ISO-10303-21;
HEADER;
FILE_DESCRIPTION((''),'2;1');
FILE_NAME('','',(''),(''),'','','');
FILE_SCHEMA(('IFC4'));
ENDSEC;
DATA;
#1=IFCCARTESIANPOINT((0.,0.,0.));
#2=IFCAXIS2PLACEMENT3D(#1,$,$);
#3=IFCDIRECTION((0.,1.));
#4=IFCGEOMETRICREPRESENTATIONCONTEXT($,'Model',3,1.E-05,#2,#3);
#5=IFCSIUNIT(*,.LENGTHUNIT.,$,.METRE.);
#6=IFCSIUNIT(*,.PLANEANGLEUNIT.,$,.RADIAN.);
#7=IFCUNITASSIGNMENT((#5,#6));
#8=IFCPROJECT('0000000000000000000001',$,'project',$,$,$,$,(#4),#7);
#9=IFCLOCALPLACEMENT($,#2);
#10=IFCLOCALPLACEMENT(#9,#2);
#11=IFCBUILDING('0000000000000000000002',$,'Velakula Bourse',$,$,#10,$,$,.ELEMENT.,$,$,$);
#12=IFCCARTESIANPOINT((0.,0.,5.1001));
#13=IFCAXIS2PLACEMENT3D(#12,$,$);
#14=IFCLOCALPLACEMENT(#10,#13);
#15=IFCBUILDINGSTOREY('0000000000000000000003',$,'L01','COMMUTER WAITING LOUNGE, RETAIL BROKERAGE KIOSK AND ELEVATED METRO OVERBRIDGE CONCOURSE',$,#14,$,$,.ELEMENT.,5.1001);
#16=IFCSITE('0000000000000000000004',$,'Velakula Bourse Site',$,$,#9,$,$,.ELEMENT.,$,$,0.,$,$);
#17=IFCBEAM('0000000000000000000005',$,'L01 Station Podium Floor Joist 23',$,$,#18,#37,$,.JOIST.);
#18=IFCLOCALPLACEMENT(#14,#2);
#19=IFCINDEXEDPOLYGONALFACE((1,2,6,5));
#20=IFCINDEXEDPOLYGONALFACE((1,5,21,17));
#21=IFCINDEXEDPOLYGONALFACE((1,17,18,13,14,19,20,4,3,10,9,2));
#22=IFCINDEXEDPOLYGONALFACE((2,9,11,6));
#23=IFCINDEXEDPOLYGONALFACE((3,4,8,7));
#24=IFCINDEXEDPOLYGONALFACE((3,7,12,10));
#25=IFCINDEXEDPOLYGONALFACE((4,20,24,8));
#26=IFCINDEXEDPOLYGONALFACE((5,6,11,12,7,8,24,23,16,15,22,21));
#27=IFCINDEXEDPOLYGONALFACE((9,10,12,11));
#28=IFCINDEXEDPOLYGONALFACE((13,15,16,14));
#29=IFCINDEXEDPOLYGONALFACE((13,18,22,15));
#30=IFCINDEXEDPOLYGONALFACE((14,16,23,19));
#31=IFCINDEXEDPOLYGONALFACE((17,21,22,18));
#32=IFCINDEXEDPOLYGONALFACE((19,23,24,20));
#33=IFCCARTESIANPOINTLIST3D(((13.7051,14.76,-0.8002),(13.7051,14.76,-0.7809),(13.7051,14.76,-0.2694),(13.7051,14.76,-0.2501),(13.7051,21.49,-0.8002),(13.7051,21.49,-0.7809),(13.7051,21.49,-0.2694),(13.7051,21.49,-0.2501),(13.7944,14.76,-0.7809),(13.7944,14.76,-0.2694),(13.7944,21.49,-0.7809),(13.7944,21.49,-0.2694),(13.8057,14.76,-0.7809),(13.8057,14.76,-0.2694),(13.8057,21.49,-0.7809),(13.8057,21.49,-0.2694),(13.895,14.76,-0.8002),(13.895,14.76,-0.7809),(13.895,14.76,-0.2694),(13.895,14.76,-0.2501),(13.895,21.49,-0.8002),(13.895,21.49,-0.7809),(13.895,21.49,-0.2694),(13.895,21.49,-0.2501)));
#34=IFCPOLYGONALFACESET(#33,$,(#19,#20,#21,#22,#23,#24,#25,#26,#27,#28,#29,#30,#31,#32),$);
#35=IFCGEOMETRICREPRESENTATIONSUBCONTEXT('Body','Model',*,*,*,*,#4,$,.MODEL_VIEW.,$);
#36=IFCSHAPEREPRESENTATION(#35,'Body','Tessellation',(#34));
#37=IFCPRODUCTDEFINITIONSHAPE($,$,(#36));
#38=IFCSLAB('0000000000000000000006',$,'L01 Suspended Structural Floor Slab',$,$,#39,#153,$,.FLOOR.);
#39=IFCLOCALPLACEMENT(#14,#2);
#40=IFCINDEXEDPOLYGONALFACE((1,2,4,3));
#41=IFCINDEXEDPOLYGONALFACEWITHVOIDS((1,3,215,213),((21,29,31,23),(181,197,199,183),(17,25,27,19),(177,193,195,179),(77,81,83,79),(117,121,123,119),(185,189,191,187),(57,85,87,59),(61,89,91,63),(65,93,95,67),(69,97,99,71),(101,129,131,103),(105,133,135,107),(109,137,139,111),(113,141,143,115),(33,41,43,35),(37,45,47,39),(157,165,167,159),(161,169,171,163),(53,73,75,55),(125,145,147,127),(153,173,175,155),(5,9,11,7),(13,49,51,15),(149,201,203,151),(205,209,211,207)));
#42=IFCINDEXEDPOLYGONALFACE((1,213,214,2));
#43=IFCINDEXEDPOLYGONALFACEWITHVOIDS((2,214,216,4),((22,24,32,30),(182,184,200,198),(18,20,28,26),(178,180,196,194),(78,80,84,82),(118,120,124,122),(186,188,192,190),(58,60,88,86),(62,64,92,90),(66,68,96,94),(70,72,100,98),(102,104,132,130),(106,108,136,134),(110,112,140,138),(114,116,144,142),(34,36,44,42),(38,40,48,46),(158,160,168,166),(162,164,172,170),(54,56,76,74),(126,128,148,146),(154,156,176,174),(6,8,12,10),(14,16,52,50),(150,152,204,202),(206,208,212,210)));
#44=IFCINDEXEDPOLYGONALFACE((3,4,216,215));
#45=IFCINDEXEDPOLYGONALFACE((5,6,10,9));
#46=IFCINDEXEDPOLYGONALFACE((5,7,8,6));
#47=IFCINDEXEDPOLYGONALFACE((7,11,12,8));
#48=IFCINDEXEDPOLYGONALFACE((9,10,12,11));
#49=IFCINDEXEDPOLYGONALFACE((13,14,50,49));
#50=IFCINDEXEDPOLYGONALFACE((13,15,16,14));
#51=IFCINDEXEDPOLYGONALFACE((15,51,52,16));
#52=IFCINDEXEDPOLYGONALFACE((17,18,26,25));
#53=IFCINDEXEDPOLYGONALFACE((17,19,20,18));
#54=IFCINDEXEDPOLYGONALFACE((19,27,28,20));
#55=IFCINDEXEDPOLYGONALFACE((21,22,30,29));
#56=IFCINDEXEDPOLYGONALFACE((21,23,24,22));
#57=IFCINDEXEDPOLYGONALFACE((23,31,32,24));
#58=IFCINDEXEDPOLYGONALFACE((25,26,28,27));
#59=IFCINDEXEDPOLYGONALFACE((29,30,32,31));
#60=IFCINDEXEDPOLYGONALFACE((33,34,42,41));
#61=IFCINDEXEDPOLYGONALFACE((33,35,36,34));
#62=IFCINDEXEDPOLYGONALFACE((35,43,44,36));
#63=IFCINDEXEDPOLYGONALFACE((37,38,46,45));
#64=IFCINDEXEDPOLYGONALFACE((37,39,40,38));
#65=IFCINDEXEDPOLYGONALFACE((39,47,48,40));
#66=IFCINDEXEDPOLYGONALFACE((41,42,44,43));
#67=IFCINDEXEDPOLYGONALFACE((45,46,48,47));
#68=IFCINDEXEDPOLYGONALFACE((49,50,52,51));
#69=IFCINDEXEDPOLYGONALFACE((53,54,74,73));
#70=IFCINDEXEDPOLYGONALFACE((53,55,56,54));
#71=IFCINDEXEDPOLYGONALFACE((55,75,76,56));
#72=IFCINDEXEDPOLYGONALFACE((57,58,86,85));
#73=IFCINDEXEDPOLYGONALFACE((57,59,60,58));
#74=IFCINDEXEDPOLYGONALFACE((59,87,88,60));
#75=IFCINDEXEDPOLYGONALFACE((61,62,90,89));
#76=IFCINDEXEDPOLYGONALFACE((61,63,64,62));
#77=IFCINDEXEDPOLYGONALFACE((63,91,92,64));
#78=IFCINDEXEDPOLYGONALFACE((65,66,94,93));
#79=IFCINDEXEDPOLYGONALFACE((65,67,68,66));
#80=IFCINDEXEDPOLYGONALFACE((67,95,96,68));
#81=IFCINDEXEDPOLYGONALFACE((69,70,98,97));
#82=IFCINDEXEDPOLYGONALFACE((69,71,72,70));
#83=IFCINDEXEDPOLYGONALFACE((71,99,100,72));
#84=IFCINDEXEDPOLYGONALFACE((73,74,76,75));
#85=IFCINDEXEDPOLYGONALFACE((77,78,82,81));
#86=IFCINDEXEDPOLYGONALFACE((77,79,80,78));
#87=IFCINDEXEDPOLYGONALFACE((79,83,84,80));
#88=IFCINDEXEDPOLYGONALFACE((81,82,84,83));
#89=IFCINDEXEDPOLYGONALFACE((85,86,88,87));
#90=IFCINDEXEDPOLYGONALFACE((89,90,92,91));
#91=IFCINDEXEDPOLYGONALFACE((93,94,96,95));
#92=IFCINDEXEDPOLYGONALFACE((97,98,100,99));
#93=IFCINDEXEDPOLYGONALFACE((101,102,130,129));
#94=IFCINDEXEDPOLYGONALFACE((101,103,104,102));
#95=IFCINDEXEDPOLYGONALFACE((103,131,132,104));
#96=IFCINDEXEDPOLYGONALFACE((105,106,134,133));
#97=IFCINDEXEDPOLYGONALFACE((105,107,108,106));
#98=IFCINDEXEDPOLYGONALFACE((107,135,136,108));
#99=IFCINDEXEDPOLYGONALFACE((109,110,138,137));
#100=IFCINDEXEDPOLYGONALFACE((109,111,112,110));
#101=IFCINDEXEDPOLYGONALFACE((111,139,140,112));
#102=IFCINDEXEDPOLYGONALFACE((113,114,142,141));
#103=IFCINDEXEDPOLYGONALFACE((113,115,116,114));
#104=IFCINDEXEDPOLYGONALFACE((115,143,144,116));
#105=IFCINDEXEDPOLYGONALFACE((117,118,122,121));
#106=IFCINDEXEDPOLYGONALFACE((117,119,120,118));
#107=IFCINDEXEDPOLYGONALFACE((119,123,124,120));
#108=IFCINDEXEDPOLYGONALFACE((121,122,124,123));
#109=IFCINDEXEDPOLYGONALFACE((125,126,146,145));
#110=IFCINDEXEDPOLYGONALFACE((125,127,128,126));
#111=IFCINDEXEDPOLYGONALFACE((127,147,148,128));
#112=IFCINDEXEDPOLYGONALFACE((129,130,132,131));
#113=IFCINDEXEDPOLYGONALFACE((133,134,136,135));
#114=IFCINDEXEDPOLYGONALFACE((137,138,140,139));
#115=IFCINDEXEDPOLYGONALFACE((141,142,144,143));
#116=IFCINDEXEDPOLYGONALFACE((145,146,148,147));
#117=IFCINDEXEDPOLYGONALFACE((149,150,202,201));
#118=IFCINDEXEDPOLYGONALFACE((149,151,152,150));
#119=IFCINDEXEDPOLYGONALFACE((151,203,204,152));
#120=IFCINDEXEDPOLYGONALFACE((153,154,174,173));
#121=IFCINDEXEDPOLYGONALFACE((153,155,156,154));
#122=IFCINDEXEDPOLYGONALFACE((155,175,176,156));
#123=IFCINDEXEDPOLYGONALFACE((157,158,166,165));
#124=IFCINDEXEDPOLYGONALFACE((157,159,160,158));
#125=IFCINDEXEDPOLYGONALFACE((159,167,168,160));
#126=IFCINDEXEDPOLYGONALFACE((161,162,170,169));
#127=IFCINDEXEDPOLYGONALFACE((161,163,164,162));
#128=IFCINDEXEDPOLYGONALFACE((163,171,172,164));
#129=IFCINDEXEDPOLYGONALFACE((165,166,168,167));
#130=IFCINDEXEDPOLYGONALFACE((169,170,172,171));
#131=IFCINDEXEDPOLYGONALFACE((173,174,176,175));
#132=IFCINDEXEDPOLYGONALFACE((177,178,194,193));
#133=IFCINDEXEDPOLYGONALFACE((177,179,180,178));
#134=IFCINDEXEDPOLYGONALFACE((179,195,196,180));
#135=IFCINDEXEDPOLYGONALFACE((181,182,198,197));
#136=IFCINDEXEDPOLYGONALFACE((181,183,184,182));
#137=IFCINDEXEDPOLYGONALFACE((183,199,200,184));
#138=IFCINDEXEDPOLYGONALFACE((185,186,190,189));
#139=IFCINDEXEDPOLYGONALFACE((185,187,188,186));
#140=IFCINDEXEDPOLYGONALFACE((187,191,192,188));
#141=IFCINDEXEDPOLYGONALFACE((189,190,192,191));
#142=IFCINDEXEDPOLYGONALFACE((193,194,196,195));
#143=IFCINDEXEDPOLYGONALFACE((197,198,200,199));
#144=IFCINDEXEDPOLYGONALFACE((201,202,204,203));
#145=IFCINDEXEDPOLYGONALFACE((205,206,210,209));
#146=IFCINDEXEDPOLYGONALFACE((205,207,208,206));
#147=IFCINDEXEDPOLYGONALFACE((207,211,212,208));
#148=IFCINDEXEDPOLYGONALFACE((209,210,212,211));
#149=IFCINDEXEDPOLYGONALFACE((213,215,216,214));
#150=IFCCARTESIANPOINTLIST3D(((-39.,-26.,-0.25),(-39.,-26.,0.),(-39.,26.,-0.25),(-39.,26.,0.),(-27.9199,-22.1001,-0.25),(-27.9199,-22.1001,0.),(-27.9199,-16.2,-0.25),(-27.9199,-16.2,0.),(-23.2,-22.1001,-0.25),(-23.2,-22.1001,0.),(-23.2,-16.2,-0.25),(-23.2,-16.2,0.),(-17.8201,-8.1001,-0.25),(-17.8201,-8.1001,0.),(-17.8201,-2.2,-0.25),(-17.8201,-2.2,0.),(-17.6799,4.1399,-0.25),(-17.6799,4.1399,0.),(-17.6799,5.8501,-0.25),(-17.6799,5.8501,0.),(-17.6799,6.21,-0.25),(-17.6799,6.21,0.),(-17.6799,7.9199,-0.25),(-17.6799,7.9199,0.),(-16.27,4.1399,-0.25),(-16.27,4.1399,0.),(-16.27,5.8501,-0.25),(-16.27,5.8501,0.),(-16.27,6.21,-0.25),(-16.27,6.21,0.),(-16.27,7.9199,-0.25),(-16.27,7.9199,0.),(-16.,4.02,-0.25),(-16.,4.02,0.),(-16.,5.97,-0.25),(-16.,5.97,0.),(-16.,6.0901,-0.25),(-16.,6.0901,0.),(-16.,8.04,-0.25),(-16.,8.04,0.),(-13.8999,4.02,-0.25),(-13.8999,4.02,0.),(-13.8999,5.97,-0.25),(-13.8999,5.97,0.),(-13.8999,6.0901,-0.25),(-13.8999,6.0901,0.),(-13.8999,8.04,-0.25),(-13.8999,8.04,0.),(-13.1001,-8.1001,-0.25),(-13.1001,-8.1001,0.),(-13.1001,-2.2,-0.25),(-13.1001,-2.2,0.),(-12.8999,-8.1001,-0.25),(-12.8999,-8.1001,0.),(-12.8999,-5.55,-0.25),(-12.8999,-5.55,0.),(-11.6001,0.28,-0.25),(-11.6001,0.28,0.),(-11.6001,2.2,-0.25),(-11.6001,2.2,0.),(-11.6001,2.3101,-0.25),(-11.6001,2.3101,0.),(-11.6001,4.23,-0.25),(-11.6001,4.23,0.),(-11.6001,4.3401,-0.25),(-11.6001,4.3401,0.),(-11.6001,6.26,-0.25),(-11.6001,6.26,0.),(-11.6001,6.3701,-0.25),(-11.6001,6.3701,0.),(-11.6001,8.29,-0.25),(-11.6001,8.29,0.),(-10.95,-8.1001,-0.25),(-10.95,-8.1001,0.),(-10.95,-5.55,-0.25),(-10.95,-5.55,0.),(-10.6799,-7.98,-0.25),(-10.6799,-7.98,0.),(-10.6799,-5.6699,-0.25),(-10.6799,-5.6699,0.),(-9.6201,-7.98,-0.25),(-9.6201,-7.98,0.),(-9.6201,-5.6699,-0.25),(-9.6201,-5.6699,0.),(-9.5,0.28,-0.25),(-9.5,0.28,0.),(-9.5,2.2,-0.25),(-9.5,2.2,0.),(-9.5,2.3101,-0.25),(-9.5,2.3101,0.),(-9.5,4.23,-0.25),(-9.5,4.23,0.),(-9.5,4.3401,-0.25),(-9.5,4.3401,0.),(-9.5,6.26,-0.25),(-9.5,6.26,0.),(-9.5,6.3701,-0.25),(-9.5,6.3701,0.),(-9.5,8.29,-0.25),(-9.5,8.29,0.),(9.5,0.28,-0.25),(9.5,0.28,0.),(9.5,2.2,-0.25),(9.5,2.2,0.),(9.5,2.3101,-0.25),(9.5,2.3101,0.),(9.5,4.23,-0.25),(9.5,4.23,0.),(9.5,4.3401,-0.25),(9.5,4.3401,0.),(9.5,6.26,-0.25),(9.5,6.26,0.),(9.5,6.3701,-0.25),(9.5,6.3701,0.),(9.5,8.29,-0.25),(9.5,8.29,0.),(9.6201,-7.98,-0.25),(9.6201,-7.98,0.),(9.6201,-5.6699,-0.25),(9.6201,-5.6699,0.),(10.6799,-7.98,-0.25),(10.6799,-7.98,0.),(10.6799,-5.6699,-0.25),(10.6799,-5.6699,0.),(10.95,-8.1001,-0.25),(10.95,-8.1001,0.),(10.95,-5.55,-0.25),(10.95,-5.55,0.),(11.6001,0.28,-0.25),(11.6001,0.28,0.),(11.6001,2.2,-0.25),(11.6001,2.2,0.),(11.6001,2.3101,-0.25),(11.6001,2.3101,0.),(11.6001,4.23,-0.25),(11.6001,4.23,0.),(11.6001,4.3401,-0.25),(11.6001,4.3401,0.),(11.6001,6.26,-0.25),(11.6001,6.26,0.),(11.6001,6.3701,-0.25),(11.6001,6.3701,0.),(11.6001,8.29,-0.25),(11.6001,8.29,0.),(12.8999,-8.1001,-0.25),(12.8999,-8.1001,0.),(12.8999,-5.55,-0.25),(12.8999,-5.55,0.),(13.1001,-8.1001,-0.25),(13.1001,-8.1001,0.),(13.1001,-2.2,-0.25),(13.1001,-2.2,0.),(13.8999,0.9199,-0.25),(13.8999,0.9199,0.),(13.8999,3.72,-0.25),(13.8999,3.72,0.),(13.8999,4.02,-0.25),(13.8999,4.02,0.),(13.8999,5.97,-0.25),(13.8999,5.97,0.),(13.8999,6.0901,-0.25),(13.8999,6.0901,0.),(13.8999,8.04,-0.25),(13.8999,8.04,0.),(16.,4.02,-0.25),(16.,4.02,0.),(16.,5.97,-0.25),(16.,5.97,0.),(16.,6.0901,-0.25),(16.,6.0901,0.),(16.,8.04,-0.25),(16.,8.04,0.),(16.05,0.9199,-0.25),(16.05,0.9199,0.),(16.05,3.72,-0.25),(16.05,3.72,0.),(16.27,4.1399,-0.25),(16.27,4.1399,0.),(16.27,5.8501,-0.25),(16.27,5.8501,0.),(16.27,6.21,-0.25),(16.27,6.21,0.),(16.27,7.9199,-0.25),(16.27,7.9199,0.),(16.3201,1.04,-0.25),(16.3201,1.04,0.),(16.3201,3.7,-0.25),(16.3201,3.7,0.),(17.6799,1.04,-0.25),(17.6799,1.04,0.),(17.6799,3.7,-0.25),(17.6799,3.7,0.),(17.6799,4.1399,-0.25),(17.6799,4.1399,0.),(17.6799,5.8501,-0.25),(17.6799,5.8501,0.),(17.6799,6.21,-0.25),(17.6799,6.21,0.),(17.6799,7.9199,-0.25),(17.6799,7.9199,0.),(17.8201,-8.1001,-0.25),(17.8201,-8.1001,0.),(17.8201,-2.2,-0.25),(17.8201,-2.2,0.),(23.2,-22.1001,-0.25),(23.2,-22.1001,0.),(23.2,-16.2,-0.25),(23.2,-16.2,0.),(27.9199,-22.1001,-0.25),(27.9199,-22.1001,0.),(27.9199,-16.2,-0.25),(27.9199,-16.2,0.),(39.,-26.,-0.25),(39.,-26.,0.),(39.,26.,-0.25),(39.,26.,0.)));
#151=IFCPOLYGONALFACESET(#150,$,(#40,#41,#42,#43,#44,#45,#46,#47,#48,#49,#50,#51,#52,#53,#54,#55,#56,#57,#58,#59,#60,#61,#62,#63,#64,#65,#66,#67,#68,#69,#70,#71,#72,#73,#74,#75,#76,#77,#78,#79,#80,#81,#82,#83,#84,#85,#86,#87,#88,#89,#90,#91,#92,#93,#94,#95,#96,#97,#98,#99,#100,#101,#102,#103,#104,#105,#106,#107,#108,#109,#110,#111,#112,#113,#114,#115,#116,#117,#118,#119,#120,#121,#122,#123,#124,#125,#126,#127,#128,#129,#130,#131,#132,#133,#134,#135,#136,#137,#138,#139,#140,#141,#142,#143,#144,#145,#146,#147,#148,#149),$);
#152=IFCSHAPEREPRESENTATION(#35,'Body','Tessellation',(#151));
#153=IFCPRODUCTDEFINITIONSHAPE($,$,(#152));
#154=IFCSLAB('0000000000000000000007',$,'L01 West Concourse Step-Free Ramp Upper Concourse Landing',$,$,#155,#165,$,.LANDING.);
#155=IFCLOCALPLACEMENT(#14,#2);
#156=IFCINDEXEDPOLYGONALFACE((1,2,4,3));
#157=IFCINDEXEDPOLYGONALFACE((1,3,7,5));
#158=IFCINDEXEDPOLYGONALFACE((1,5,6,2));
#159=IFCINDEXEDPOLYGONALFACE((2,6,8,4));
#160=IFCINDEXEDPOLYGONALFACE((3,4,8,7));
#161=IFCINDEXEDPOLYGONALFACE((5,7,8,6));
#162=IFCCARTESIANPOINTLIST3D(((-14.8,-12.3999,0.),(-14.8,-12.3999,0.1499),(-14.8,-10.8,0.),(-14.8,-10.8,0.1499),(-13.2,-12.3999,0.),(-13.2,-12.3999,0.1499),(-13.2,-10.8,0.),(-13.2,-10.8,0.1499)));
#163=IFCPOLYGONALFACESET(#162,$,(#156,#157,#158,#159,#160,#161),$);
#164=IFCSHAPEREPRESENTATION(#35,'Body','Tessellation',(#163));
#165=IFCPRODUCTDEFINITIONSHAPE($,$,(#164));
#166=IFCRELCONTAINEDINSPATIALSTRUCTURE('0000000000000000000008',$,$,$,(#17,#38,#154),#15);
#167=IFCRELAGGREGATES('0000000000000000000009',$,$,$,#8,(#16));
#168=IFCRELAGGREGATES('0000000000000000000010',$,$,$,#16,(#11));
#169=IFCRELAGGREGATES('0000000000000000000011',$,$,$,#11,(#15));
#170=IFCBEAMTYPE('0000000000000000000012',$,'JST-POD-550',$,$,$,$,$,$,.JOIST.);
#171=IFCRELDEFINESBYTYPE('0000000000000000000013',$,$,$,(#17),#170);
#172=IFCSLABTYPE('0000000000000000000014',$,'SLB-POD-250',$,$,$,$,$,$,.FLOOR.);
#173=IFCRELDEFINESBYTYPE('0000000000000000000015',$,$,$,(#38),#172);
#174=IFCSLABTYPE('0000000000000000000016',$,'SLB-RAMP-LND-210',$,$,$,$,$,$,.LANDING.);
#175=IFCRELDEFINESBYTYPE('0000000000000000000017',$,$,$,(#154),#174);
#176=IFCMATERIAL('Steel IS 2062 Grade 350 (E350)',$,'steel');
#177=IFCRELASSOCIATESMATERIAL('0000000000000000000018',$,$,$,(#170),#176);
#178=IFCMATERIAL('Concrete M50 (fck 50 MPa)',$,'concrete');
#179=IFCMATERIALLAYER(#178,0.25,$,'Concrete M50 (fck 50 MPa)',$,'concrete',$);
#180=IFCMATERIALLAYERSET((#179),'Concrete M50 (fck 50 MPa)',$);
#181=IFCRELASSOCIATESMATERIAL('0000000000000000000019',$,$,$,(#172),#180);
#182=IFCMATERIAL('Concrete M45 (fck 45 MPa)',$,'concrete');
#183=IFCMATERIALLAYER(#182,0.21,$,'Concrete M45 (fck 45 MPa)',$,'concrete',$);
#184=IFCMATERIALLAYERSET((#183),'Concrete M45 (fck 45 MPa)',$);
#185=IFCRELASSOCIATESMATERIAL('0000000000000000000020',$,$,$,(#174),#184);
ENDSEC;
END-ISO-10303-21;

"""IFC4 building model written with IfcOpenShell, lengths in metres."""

from ifc_helpers import new_model, si_unit, direction, frame, origin, origin_2d, place, context, subcontext, project, spatial, polyline, i_section, outline, extrude, material, layer, layer_set, material_profile, profile_set, type_object, element, save


model = new_model("IFC4")

# Units and contexts
model_context = context("Model", 3, precision=1e-05, world=origin(), true_north=direction((0.0, 1.0)))
body_context = subcontext(model_context, "Body", "Model", "MODEL_VIEW")
ifc_project = project(units=[si_unit("LENGTHUNIT", "METRE"), si_unit("PLANEANGLEUNIT", "RADIAN")], contexts=[model_context])

# Site, building, storey
site_placement = place(None, origin())
site = spatial("IfcSite", under=ifc_project, at=site_placement, Name="Velakula Bourse Site", CompositionType="ELEMENT", RefElevation=0.0)
building_placement = place(site_placement, origin())
building = spatial("IfcBuilding", under=site, at=building_placement, Name="Velakula Bourse", CompositionType="ELEMENT")
storey_placement = place(building_placement, frame((0.0, 0.0, 5.1001)))
storey = spatial("IfcBuildingStorey", under=building, at=storey_placement, Name="L01", Description="COMMUTER WAITING LOUNGE, RETAIL BROKERAGE KIOSK AND ELEVATED METRO OVERBRIDGE CONCOURSE", CompositionType="ELEMENT", Elevation=5.1001)

# Beam
ifc_material_1 = material(Name="Steel IS 2062 Grade 350 (E350)", Category="steel")
ifc_material_profile_1 = material_profile(ifc_material_1, i_section(OverallWidth=0.1899, OverallDepth=0.55, WebThickness=0.0112, FlangeThickness=0.0193, at=origin_2d()), Name="Steel IS 2062 Grade 350 (E350)")
ifc_profile_set_1 = profile_set([ifc_material_profile_1], Name="Steel IS 2062 Grade 350 (E350)")
beam_type_1 = type_object("IfcBeamType", Name="JST-POD-550", PredefinedType="JOIST", material=ifc_profile_set_1)
for number, where, z_axis, x_axis, name in (
    (1, (13.8, 14.76, -0.5251), (0.0, 1.0, 0.0), (-1.0, 0.0, 0.0), "L01 Station Podium Floor Joist 23"),
):
    element("IfcBeam", number, at=place(storey_placement, frame(where, z_axis=z_axis, x_axis=x_axis)), inside=storey, type_object=beam_type_1, Name=name, PredefinedType="JOIST", context=body_context, shape_type="SweptSolid", body=[
        extrude(i_section(OverallWidth=0.1899, OverallDepth=0.55, WebThickness=0.0112, FlangeThickness=0.0193, at=origin_2d()), origin(), (0.0, 0.0, 1.0), 6.73),
    ])

# Slabs
ifc_material_2 = material(Name="Concrete M50 (fck 50 MPa)", Category="concrete")
ifc_layer_1 = layer(ifc_material_2, 0.25, Name="Concrete M50 (fck 50 MPa)", Category="concrete")
ifc_layer_set_1 = layer_set([ifc_layer_1], Name="Concrete M50 (fck 50 MPa)")
slab_type_1 = type_object("IfcSlabType", Name="SLB-POD-250", PredefinedType="FLOOR", material=ifc_layer_set_1)
slab_1_placement = place(storey_placement, frame((0.0, 0.0, -0.25)))
element("IfcSlab", 2, at=slab_1_placement, inside=storey, type_object=slab_type_1, Name="L01 Suspended Structural Floor Slab", PredefinedType="FLOOR", context=body_context, shape_type="SweptSolid", body=[
    extrude(outline(polyline([(-39.0, -26.0), (39.0, -26.0), (39.0, 26.0), (-39.0, 26.0), (-39.0, -26.0)]), holes=[polyline([(-17.8201, -8.1001), (-13.1001, -8.1001), (-13.1001, -2.2), (-17.8201, -2.2), (-17.8201, -8.1001)]), polyline([(13.1001, -8.1001), (17.8201, -8.1001), (17.8201, -2.2), (13.1001, -2.2), (13.1001, -8.1001)]), polyline([(-27.9199, -22.1001), (-23.2, -22.1001), (-23.2, -16.2), (-27.9199, -16.2), (-27.9199, -22.1001)]), polyline([(23.2, -22.1001), (27.9199, -22.1001), (27.9199, -16.2), (23.2, -16.2), (23.2, -22.1001)]), polyline([(-12.8999, -8.1001), (-10.95, -8.1001), (-10.95, -5.55), (-12.8999, -5.55), (-12.8999, -8.1001)]), polyline([(10.95, -8.1001), (12.8999, -8.1001), (12.8999, -5.55), (10.95, -5.55), (10.95, -8.1001)]), polyline([(13.8999, 0.9199), (16.05, 0.9199), (16.05, 3.72), (13.8999, 3.72), (13.8999, 0.9199)]), polyline([(-10.6799, -7.98), (-9.6201, -7.98), (-9.6201, -5.6699), (-10.6799, -5.6699), (-10.6799, -7.98)]), polyline([(-17.6799, 4.1399), (-16.27, 4.1399), (-16.27, 5.8501), (-17.6799, 5.8501), (-17.6799, 4.1399)]), polyline([(-17.6799, 6.21), (-16.27, 6.21), (-16.27, 7.9199), (-17.6799, 7.9199), (-17.6799, 6.21)]), polyline([(9.6201, -7.98), (10.6799, -7.98), (10.6799, -5.6699), (9.6201, -5.6699), (9.6201, -7.98)]), polyline([(16.27, 4.1399), (17.6799, 4.1399), (17.6799, 5.8501), (16.27, 5.8501), (16.27, 4.1399)]), polyline([(16.27, 6.21), (17.6799, 6.21), (17.6799, 7.9199), (16.27, 7.9199), (16.27, 6.21)]), polyline([(16.3201, 1.04), (17.6799, 1.04), (17.6799, 3.7), (16.3201, 3.7), (16.3201, 1.04)]), polyline([(-11.6001, 0.28), (-9.5, 0.28), (-9.5, 2.2), (-11.6001, 2.2), (-11.6001, 0.28)]), polyline([(-11.6001, 2.3101), (-9.5, 2.3101), (-9.5, 4.23), (-11.6001, 4.23), (-11.6001, 2.3101)]), polyline([(-11.6001, 4.3401), (-9.5, 4.3401), (-9.5, 6.26), (-11.6001, 6.26), (-11.6001, 4.3401)]), polyline([(-11.6001, 6.3701), (-9.5, 6.3701), (-9.5, 8.29), (-11.6001, 8.29), (-11.6001, 6.3701)]), polyline([(9.5, 0.28), (11.6001, 0.28), (11.6001, 2.2), (9.5, 2.2), (9.5, 0.28)]), polyline([(9.5, 2.3101), (11.6001, 2.3101), (11.6001, 4.23), (9.5, 4.23), (9.5, 2.3101)]), polyline([(9.5, 4.3401), (11.6001, 4.3401), (11.6001, 6.26), (9.5, 6.26), (9.5, 4.3401)]), polyline([(9.5, 6.3701), (11.6001, 6.3701), (11.6001, 8.29), (9.5, 8.29), (9.5, 6.3701)]), polyline([(-16.0, 4.02), (-13.8999, 4.02), (-13.8999, 5.97), (-16.0, 5.97), (-16.0, 4.02)]), polyline([(-16.0, 6.0901), (-13.8999, 6.0901), (-13.8999, 8.04), (-16.0, 8.04), (-16.0, 6.0901)]), polyline([(13.8999, 4.02), (16.0, 4.02), (16.0, 5.97), (13.8999, 5.97), (13.8999, 4.02)]), polyline([(13.8999, 6.0901), (16.0, 6.0901), (16.0, 8.04), (13.8999, 8.04), (13.8999, 6.0901)])]), origin(), (0.0, 0.0, 1.0), 0.25),
])
ifc_material_3 = material(Name="Concrete M45 (fck 45 MPa)", Category="concrete")
ifc_layer_2 = layer(ifc_material_3, 0.21, Name="Concrete M45 (fck 45 MPa)", Category="concrete")
ifc_layer_set_2 = layer_set([ifc_layer_2], Name="Concrete M45 (fck 45 MPa)")
slab_type_2 = type_object("IfcSlabType", Name="SLB-RAMP-LND-210", PredefinedType="LANDING", material=ifc_layer_set_2)
slab_2_placement = place(storey_placement, origin())
element("IfcSlab", 3, at=slab_2_placement, inside=storey, type_object=slab_type_2, Name="L01 West Concourse Step-Free Ramp Upper Concourse Landing", PredefinedType="LANDING", context=body_context, shape_type="SweptSolid", body=[
    extrude(outline(polyline([(-14.8, -12.3999), (-13.2, -12.3999), (-13.2, -10.8), (-14.8, -10.8), (-14.8, -12.3999)])), origin(), (0.0, 0.0, 1.0), 0.1499),
])

save(model, "model.ifc")
